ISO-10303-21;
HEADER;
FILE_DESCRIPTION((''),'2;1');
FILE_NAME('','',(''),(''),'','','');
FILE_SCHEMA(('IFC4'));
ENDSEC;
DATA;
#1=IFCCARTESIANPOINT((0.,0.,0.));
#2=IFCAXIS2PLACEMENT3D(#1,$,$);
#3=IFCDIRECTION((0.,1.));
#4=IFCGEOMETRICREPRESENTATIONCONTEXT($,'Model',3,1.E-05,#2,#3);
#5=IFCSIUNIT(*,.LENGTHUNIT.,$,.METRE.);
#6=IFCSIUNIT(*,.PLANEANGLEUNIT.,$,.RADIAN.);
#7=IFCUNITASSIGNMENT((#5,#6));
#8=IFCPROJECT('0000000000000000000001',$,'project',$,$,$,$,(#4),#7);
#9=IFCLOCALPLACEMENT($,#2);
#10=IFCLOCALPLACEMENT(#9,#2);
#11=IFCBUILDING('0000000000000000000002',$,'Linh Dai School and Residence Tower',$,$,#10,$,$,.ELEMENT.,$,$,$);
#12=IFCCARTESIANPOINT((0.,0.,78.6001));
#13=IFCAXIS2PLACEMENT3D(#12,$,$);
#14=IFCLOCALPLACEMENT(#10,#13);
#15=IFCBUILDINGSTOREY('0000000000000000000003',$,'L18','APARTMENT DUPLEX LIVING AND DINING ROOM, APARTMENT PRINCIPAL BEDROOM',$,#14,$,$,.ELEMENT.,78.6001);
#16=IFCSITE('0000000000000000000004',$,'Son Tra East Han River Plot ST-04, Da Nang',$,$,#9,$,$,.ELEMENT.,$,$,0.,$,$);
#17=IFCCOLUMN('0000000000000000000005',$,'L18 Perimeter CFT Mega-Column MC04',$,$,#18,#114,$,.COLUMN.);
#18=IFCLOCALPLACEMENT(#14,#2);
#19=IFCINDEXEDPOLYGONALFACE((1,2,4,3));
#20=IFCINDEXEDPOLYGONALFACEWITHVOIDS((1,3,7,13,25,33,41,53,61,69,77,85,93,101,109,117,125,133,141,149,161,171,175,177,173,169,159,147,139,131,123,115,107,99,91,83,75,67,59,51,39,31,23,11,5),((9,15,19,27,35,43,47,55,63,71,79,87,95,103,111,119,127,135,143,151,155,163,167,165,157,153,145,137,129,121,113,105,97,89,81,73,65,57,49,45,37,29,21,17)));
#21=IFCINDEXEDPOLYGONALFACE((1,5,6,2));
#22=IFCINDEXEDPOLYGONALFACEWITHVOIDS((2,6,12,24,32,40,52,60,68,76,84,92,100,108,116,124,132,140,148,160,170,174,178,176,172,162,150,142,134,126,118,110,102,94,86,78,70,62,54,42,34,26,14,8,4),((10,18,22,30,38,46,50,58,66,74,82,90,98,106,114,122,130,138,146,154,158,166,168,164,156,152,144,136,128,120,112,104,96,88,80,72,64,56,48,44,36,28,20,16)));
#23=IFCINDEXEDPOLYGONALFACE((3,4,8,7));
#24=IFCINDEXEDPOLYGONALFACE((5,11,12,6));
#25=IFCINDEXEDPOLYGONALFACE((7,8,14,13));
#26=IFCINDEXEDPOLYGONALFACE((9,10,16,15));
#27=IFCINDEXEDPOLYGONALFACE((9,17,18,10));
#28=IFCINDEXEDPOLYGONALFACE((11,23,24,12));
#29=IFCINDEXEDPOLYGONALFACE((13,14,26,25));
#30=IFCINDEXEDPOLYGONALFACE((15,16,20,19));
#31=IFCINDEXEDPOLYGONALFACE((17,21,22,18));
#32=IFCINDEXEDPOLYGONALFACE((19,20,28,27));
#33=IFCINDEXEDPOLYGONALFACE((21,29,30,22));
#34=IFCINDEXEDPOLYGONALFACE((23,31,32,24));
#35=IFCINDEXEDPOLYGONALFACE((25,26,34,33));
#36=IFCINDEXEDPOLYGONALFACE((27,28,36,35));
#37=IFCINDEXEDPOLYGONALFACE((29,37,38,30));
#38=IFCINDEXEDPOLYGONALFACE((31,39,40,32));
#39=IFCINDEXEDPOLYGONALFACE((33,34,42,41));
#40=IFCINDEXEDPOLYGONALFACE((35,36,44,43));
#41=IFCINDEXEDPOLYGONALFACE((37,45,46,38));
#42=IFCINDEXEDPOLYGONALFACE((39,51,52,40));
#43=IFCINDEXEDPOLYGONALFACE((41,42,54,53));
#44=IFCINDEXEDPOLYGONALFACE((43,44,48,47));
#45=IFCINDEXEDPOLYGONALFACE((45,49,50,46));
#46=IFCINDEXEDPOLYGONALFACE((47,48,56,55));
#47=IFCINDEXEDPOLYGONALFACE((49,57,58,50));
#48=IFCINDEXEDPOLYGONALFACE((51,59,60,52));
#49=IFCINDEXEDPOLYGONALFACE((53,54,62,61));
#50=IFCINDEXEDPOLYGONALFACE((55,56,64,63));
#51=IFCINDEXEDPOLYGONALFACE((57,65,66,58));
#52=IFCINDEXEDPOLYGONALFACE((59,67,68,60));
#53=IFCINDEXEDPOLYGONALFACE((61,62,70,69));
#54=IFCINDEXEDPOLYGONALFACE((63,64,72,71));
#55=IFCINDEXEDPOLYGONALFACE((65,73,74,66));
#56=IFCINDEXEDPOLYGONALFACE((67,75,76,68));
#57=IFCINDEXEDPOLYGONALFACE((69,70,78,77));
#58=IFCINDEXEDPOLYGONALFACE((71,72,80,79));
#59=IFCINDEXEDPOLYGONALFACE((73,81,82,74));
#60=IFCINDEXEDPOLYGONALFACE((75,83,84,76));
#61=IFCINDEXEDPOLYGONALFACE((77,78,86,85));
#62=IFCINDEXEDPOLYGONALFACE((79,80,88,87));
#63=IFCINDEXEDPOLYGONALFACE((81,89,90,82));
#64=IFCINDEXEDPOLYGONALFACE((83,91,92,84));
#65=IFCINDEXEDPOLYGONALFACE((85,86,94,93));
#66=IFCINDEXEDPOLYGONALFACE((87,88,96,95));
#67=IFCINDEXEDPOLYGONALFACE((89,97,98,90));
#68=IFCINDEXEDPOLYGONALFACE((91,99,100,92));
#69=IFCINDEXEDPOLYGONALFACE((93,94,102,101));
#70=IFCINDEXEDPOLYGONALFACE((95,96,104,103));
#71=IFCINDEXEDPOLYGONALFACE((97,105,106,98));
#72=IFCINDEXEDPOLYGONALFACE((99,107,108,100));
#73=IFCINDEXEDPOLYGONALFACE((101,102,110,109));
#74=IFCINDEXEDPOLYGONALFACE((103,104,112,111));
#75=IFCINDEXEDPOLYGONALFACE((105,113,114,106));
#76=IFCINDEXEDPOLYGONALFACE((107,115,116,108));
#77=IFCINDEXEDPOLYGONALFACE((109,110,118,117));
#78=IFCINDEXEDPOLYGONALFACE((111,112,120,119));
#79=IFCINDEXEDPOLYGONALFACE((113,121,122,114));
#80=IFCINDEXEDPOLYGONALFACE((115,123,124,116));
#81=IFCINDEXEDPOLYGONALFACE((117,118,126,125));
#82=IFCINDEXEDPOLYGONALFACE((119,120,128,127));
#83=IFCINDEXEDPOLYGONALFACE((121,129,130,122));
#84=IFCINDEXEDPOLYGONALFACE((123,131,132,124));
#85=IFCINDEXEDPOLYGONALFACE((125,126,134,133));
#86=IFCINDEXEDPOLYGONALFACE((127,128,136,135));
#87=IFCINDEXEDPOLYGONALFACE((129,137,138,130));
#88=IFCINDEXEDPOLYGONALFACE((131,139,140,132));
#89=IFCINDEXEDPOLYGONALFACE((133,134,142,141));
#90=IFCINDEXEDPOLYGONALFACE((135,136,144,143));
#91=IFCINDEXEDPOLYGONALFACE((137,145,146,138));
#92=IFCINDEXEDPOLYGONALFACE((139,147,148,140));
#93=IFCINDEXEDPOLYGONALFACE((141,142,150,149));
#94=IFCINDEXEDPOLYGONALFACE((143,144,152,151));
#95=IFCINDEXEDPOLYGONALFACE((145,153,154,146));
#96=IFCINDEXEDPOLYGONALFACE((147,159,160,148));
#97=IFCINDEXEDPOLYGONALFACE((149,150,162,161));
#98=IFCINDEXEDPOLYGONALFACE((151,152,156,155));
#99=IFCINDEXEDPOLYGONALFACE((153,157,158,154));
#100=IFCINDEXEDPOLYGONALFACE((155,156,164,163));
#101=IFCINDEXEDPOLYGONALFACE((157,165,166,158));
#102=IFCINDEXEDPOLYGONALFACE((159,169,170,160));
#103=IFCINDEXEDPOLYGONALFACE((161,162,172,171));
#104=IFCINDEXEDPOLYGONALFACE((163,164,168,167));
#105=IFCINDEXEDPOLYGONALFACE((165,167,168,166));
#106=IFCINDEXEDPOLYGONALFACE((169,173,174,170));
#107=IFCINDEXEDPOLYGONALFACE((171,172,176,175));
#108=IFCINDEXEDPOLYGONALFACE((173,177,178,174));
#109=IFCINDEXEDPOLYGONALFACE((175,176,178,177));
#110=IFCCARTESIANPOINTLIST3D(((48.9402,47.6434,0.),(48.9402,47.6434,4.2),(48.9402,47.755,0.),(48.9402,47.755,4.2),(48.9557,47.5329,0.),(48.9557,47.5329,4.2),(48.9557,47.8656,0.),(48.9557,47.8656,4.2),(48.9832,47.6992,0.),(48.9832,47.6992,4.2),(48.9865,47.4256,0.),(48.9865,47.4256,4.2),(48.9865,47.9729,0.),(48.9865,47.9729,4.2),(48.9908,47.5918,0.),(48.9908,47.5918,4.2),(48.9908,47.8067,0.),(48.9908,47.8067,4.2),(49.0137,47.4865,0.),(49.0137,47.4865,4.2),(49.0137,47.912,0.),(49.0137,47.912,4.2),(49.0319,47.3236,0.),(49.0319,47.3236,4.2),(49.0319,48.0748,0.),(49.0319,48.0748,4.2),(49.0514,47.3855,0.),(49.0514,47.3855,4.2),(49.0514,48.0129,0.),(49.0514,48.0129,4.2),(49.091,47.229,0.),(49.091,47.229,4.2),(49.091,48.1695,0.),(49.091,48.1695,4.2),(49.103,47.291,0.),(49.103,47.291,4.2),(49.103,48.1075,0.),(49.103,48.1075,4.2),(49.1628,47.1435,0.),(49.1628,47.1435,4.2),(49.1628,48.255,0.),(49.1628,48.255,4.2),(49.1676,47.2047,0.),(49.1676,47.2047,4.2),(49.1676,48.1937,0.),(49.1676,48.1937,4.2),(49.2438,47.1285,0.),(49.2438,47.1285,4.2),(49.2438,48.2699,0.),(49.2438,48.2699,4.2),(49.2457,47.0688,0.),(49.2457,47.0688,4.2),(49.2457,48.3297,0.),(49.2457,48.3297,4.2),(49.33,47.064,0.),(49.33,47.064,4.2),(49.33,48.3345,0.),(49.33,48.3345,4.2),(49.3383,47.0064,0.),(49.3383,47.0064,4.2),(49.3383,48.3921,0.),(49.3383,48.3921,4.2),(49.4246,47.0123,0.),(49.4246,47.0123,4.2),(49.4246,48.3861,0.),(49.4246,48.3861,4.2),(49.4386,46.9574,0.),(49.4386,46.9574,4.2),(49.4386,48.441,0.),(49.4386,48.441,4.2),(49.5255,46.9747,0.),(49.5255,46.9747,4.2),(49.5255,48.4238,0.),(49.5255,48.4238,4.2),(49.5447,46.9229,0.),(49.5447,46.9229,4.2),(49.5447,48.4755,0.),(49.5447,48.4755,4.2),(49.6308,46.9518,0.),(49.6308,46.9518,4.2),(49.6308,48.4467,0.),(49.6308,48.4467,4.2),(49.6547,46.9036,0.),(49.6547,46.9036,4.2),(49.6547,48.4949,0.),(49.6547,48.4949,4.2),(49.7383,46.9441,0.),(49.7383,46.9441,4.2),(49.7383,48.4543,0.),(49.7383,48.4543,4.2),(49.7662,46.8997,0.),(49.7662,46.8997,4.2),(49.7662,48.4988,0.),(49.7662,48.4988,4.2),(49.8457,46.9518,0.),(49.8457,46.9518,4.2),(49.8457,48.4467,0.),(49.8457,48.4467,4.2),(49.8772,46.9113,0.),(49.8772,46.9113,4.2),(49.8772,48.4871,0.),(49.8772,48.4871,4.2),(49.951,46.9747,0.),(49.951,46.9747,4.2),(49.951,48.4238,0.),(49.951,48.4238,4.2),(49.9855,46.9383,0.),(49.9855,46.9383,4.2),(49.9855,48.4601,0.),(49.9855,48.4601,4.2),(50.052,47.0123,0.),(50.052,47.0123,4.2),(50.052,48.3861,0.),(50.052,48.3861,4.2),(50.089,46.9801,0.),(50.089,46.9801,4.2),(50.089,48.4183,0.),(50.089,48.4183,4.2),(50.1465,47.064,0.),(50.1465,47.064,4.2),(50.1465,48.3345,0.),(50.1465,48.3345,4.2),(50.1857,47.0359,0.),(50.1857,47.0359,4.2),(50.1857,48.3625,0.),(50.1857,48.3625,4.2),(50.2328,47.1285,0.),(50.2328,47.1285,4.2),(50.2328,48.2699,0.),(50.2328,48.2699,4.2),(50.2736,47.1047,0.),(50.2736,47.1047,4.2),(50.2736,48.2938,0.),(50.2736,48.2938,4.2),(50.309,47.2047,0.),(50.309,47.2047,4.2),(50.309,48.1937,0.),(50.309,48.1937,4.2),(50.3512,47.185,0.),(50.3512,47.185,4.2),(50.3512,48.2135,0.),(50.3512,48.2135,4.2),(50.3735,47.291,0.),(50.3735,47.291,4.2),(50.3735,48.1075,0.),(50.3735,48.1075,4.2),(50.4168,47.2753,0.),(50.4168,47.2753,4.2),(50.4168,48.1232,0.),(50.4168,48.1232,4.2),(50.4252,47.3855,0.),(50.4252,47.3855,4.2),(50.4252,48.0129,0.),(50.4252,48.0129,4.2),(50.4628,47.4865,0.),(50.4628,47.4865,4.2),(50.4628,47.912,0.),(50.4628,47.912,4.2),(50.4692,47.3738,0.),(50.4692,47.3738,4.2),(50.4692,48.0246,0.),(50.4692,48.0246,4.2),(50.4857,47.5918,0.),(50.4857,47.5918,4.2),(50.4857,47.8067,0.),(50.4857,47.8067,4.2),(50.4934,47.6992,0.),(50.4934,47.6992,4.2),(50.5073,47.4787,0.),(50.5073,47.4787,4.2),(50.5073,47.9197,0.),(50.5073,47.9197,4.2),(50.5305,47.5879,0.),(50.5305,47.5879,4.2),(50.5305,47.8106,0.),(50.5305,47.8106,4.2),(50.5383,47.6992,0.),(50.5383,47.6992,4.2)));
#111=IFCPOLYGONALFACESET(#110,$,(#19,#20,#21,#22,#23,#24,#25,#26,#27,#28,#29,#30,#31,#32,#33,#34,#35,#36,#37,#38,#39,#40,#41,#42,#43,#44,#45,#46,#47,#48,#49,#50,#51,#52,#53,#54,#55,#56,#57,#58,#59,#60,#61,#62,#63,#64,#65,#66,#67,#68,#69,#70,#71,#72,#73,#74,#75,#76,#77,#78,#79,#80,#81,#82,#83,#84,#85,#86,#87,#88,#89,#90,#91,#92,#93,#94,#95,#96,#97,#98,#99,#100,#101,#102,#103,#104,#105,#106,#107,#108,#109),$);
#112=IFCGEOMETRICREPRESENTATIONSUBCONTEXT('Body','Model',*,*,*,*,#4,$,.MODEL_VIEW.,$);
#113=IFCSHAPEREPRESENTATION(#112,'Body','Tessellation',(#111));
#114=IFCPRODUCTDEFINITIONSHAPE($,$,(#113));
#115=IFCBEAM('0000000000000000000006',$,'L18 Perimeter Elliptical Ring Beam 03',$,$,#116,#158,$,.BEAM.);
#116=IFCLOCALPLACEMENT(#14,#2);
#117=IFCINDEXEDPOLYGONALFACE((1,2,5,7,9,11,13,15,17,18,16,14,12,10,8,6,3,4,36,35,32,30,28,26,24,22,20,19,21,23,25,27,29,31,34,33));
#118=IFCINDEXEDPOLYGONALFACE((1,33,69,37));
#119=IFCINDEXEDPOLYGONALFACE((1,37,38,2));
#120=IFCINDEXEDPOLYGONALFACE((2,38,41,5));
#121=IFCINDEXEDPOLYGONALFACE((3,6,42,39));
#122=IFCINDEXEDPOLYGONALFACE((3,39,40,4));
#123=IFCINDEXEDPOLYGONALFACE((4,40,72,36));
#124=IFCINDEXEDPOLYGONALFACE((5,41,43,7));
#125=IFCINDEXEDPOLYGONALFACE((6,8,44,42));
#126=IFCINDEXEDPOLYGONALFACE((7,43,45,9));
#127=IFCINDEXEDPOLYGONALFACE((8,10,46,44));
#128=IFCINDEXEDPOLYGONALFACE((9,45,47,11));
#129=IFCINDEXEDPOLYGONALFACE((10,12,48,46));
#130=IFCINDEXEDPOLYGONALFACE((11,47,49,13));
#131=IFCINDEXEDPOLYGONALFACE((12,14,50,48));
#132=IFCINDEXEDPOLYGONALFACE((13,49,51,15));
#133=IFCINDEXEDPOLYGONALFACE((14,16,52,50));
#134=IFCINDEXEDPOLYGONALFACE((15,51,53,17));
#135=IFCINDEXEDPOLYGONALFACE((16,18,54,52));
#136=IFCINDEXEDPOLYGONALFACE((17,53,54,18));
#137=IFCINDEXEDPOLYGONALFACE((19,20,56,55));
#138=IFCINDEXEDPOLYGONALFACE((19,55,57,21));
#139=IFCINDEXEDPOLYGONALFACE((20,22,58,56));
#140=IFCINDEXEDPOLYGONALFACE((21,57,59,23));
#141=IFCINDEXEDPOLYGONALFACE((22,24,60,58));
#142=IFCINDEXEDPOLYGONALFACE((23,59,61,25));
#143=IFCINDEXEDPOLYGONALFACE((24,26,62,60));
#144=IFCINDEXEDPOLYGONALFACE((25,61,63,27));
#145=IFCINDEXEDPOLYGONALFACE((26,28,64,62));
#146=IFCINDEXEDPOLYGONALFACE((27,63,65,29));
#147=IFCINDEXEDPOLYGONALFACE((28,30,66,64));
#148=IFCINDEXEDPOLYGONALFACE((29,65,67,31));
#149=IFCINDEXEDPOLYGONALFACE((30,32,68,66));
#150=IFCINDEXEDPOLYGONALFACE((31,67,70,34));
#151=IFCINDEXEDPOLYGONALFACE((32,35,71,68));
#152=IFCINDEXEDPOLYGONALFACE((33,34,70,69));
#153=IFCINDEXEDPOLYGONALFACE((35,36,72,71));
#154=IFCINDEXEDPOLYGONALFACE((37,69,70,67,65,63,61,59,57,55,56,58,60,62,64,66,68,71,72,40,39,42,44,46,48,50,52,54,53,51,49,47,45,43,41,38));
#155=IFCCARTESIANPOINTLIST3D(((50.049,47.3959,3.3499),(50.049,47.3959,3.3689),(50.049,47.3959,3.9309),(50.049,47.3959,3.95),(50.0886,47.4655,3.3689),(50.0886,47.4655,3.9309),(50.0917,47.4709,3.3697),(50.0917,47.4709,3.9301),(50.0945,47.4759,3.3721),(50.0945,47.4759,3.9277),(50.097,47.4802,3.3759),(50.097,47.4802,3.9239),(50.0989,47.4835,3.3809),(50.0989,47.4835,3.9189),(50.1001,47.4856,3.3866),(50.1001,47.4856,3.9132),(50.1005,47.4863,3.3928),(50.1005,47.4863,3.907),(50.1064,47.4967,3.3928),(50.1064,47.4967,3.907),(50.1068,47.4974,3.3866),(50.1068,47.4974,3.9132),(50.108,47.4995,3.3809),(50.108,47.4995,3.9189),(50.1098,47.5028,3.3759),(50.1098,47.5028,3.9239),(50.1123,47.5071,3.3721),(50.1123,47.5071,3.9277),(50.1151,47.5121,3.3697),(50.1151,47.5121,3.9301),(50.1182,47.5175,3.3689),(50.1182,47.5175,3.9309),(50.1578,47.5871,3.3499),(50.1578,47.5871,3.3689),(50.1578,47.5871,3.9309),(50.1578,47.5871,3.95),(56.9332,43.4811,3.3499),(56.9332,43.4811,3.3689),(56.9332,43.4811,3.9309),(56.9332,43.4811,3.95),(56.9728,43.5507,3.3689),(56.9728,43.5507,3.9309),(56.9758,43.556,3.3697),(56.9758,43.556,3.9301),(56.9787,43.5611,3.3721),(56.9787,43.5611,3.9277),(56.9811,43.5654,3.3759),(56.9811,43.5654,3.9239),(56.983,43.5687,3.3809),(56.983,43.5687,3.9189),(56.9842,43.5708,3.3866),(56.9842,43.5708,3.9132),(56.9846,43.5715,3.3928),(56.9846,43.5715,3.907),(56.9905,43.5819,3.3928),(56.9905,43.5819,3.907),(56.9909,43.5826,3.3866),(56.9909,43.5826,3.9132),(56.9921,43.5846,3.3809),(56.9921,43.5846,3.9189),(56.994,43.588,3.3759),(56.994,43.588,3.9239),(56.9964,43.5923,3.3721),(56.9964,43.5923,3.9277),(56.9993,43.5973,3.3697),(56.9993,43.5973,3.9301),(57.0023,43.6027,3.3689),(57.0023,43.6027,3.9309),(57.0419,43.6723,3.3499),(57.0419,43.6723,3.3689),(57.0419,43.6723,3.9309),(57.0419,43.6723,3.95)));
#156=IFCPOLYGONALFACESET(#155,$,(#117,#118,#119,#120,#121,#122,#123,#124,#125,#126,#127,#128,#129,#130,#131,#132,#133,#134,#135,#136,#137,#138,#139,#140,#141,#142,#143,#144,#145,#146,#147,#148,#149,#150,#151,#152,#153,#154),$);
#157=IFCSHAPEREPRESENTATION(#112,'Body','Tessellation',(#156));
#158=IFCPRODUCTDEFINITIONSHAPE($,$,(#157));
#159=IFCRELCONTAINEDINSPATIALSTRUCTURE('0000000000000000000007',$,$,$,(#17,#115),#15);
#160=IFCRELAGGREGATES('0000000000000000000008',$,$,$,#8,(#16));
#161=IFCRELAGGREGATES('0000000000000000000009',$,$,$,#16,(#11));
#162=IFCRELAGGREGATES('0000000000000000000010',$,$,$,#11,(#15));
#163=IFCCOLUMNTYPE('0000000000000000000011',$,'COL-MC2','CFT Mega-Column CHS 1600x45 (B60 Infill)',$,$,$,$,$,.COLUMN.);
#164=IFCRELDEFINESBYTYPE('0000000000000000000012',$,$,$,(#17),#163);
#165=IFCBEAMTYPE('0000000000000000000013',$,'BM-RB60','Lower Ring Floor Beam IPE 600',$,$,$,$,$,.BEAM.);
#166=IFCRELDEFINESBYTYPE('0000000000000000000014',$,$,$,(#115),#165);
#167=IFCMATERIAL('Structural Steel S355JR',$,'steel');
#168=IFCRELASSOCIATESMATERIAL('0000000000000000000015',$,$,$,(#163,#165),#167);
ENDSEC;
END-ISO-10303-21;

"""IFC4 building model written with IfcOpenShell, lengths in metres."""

from ifc_helpers import new_model, si_unit, direction, frame, origin, origin_2d, place, context, subcontext, project, spatial, hollow_circle, i_section, extrude, material, material_profile, profile_set, type_object, element, save


model = new_model("IFC4")

# Units and contexts
model_context = context("Model", 3, precision=1e-05, world=origin(), true_north=direction((0.0, 1.0)))
body_context = subcontext(model_context, "Body", "Model", "MODEL_VIEW")
ifc_project = project(units=[si_unit("LENGTHUNIT", "METRE"), si_unit("PLANEANGLEUNIT", "RADIAN")], contexts=[model_context])

# Site, building, storey
site_placement = place(None, origin())
site = spatial("IfcSite", under=ifc_project, at=site_placement, Name="Son Tra East Han River Plot ST-04, Da Nang", CompositionType="ELEMENT", RefElevation=0.0)
building_placement = place(site_placement, origin())
building = spatial("IfcBuilding", under=site, at=building_placement, Name="Linh Dai School and Residence Tower", CompositionType="ELEMENT")
storey_placement = place(building_placement, frame((0.0, 0.0, 78.6001)))
storey = spatial("IfcBuildingStorey", under=building, at=storey_placement, Name="L18", Description="APARTMENT DUPLEX LIVING AND DINING ROOM, APARTMENT PRINCIPAL BEDROOM", CompositionType="ELEMENT", Elevation=78.6001)

# Column
ifc_material_1 = material(Name="Structural Steel S355JR", Category="steel")
ifc_material_profile_1 = material_profile(ifc_material_1, hollow_circle(Radius=0.8, WallThickness=0.0449, at=origin_2d()), Name="CHS 1600x45")
ifc_profile_set_1 = profile_set([ifc_material_profile_1], Name="Structural Steel S355JR")
column_type = type_object("IfcColumnType", Name="COL-MC2", Description="CFT Mega-Column CHS 1600x45 (B60 Infill)", PredefinedType="COLUMN", material=ifc_profile_set_1)
for number, where, z_axis, x_axis, name in (
    (1, (49.7383, 47.6992, 0.0), (0.0, 0.0, 1.0), (1.0, 0.0, 0.0), "L18 Perimeter CFT Mega-Column MC04"),
):
    element("IfcColumn", number, at=place(storey_placement, frame(where, z_axis=z_axis, x_axis=x_axis)), inside=storey, type_object=column_type, Name=name, PredefinedType="COLUMN", context=body_context, shape_type="SweptSolid", body=[
        extrude(hollow_circle(Radius=0.8, WallThickness=0.0449, at=origin_2d()), origin(), (0.0, 0.0, 1.0), 4.2),
    ])

# Beam
ifc_material_profile_2 = material_profile(ifc_material_1, i_section(OverallWidth=0.22, OverallDepth=0.6001, WebThickness=0.012, FlangeThickness=0.019, FilletRadius=0.0239, at=origin_2d()), Name="IPE 600")
ifc_profile_set_2 = profile_set([ifc_material_profile_2], Name="Structural Steel S355JR")
beam_type_1 = type_object("IfcBeamType", Name="BM-RB60", Description="Lower Ring Floor Beam IPE 600", PredefinedType="BEAM", material=ifc_profile_set_2)
beam_1_placement = place(storey_placement, frame((56.9875, 43.5767, 3.6499), z_axis=(-0.869271, 0.494335, 0.0), x_axis=(-0.494335, -0.869271, 0.0)))
element("IfcBeam", 2, at=beam_1_placement, inside=storey, type_object=beam_type_1, Name="L18 Perimeter Elliptical Ring Beam 03", PredefinedType="BEAM", context=body_context, shape_type="SweptSolid", body=[
    extrude(i_section(OverallWidth=0.22, OverallDepth=0.6001, WebThickness=0.012, FlangeThickness=0.019, FilletRadius=0.0239, at=origin_2d()), origin(), (0.0, 0.0, 1.0), 7.9194),
])

save(model, "model.ifc")
